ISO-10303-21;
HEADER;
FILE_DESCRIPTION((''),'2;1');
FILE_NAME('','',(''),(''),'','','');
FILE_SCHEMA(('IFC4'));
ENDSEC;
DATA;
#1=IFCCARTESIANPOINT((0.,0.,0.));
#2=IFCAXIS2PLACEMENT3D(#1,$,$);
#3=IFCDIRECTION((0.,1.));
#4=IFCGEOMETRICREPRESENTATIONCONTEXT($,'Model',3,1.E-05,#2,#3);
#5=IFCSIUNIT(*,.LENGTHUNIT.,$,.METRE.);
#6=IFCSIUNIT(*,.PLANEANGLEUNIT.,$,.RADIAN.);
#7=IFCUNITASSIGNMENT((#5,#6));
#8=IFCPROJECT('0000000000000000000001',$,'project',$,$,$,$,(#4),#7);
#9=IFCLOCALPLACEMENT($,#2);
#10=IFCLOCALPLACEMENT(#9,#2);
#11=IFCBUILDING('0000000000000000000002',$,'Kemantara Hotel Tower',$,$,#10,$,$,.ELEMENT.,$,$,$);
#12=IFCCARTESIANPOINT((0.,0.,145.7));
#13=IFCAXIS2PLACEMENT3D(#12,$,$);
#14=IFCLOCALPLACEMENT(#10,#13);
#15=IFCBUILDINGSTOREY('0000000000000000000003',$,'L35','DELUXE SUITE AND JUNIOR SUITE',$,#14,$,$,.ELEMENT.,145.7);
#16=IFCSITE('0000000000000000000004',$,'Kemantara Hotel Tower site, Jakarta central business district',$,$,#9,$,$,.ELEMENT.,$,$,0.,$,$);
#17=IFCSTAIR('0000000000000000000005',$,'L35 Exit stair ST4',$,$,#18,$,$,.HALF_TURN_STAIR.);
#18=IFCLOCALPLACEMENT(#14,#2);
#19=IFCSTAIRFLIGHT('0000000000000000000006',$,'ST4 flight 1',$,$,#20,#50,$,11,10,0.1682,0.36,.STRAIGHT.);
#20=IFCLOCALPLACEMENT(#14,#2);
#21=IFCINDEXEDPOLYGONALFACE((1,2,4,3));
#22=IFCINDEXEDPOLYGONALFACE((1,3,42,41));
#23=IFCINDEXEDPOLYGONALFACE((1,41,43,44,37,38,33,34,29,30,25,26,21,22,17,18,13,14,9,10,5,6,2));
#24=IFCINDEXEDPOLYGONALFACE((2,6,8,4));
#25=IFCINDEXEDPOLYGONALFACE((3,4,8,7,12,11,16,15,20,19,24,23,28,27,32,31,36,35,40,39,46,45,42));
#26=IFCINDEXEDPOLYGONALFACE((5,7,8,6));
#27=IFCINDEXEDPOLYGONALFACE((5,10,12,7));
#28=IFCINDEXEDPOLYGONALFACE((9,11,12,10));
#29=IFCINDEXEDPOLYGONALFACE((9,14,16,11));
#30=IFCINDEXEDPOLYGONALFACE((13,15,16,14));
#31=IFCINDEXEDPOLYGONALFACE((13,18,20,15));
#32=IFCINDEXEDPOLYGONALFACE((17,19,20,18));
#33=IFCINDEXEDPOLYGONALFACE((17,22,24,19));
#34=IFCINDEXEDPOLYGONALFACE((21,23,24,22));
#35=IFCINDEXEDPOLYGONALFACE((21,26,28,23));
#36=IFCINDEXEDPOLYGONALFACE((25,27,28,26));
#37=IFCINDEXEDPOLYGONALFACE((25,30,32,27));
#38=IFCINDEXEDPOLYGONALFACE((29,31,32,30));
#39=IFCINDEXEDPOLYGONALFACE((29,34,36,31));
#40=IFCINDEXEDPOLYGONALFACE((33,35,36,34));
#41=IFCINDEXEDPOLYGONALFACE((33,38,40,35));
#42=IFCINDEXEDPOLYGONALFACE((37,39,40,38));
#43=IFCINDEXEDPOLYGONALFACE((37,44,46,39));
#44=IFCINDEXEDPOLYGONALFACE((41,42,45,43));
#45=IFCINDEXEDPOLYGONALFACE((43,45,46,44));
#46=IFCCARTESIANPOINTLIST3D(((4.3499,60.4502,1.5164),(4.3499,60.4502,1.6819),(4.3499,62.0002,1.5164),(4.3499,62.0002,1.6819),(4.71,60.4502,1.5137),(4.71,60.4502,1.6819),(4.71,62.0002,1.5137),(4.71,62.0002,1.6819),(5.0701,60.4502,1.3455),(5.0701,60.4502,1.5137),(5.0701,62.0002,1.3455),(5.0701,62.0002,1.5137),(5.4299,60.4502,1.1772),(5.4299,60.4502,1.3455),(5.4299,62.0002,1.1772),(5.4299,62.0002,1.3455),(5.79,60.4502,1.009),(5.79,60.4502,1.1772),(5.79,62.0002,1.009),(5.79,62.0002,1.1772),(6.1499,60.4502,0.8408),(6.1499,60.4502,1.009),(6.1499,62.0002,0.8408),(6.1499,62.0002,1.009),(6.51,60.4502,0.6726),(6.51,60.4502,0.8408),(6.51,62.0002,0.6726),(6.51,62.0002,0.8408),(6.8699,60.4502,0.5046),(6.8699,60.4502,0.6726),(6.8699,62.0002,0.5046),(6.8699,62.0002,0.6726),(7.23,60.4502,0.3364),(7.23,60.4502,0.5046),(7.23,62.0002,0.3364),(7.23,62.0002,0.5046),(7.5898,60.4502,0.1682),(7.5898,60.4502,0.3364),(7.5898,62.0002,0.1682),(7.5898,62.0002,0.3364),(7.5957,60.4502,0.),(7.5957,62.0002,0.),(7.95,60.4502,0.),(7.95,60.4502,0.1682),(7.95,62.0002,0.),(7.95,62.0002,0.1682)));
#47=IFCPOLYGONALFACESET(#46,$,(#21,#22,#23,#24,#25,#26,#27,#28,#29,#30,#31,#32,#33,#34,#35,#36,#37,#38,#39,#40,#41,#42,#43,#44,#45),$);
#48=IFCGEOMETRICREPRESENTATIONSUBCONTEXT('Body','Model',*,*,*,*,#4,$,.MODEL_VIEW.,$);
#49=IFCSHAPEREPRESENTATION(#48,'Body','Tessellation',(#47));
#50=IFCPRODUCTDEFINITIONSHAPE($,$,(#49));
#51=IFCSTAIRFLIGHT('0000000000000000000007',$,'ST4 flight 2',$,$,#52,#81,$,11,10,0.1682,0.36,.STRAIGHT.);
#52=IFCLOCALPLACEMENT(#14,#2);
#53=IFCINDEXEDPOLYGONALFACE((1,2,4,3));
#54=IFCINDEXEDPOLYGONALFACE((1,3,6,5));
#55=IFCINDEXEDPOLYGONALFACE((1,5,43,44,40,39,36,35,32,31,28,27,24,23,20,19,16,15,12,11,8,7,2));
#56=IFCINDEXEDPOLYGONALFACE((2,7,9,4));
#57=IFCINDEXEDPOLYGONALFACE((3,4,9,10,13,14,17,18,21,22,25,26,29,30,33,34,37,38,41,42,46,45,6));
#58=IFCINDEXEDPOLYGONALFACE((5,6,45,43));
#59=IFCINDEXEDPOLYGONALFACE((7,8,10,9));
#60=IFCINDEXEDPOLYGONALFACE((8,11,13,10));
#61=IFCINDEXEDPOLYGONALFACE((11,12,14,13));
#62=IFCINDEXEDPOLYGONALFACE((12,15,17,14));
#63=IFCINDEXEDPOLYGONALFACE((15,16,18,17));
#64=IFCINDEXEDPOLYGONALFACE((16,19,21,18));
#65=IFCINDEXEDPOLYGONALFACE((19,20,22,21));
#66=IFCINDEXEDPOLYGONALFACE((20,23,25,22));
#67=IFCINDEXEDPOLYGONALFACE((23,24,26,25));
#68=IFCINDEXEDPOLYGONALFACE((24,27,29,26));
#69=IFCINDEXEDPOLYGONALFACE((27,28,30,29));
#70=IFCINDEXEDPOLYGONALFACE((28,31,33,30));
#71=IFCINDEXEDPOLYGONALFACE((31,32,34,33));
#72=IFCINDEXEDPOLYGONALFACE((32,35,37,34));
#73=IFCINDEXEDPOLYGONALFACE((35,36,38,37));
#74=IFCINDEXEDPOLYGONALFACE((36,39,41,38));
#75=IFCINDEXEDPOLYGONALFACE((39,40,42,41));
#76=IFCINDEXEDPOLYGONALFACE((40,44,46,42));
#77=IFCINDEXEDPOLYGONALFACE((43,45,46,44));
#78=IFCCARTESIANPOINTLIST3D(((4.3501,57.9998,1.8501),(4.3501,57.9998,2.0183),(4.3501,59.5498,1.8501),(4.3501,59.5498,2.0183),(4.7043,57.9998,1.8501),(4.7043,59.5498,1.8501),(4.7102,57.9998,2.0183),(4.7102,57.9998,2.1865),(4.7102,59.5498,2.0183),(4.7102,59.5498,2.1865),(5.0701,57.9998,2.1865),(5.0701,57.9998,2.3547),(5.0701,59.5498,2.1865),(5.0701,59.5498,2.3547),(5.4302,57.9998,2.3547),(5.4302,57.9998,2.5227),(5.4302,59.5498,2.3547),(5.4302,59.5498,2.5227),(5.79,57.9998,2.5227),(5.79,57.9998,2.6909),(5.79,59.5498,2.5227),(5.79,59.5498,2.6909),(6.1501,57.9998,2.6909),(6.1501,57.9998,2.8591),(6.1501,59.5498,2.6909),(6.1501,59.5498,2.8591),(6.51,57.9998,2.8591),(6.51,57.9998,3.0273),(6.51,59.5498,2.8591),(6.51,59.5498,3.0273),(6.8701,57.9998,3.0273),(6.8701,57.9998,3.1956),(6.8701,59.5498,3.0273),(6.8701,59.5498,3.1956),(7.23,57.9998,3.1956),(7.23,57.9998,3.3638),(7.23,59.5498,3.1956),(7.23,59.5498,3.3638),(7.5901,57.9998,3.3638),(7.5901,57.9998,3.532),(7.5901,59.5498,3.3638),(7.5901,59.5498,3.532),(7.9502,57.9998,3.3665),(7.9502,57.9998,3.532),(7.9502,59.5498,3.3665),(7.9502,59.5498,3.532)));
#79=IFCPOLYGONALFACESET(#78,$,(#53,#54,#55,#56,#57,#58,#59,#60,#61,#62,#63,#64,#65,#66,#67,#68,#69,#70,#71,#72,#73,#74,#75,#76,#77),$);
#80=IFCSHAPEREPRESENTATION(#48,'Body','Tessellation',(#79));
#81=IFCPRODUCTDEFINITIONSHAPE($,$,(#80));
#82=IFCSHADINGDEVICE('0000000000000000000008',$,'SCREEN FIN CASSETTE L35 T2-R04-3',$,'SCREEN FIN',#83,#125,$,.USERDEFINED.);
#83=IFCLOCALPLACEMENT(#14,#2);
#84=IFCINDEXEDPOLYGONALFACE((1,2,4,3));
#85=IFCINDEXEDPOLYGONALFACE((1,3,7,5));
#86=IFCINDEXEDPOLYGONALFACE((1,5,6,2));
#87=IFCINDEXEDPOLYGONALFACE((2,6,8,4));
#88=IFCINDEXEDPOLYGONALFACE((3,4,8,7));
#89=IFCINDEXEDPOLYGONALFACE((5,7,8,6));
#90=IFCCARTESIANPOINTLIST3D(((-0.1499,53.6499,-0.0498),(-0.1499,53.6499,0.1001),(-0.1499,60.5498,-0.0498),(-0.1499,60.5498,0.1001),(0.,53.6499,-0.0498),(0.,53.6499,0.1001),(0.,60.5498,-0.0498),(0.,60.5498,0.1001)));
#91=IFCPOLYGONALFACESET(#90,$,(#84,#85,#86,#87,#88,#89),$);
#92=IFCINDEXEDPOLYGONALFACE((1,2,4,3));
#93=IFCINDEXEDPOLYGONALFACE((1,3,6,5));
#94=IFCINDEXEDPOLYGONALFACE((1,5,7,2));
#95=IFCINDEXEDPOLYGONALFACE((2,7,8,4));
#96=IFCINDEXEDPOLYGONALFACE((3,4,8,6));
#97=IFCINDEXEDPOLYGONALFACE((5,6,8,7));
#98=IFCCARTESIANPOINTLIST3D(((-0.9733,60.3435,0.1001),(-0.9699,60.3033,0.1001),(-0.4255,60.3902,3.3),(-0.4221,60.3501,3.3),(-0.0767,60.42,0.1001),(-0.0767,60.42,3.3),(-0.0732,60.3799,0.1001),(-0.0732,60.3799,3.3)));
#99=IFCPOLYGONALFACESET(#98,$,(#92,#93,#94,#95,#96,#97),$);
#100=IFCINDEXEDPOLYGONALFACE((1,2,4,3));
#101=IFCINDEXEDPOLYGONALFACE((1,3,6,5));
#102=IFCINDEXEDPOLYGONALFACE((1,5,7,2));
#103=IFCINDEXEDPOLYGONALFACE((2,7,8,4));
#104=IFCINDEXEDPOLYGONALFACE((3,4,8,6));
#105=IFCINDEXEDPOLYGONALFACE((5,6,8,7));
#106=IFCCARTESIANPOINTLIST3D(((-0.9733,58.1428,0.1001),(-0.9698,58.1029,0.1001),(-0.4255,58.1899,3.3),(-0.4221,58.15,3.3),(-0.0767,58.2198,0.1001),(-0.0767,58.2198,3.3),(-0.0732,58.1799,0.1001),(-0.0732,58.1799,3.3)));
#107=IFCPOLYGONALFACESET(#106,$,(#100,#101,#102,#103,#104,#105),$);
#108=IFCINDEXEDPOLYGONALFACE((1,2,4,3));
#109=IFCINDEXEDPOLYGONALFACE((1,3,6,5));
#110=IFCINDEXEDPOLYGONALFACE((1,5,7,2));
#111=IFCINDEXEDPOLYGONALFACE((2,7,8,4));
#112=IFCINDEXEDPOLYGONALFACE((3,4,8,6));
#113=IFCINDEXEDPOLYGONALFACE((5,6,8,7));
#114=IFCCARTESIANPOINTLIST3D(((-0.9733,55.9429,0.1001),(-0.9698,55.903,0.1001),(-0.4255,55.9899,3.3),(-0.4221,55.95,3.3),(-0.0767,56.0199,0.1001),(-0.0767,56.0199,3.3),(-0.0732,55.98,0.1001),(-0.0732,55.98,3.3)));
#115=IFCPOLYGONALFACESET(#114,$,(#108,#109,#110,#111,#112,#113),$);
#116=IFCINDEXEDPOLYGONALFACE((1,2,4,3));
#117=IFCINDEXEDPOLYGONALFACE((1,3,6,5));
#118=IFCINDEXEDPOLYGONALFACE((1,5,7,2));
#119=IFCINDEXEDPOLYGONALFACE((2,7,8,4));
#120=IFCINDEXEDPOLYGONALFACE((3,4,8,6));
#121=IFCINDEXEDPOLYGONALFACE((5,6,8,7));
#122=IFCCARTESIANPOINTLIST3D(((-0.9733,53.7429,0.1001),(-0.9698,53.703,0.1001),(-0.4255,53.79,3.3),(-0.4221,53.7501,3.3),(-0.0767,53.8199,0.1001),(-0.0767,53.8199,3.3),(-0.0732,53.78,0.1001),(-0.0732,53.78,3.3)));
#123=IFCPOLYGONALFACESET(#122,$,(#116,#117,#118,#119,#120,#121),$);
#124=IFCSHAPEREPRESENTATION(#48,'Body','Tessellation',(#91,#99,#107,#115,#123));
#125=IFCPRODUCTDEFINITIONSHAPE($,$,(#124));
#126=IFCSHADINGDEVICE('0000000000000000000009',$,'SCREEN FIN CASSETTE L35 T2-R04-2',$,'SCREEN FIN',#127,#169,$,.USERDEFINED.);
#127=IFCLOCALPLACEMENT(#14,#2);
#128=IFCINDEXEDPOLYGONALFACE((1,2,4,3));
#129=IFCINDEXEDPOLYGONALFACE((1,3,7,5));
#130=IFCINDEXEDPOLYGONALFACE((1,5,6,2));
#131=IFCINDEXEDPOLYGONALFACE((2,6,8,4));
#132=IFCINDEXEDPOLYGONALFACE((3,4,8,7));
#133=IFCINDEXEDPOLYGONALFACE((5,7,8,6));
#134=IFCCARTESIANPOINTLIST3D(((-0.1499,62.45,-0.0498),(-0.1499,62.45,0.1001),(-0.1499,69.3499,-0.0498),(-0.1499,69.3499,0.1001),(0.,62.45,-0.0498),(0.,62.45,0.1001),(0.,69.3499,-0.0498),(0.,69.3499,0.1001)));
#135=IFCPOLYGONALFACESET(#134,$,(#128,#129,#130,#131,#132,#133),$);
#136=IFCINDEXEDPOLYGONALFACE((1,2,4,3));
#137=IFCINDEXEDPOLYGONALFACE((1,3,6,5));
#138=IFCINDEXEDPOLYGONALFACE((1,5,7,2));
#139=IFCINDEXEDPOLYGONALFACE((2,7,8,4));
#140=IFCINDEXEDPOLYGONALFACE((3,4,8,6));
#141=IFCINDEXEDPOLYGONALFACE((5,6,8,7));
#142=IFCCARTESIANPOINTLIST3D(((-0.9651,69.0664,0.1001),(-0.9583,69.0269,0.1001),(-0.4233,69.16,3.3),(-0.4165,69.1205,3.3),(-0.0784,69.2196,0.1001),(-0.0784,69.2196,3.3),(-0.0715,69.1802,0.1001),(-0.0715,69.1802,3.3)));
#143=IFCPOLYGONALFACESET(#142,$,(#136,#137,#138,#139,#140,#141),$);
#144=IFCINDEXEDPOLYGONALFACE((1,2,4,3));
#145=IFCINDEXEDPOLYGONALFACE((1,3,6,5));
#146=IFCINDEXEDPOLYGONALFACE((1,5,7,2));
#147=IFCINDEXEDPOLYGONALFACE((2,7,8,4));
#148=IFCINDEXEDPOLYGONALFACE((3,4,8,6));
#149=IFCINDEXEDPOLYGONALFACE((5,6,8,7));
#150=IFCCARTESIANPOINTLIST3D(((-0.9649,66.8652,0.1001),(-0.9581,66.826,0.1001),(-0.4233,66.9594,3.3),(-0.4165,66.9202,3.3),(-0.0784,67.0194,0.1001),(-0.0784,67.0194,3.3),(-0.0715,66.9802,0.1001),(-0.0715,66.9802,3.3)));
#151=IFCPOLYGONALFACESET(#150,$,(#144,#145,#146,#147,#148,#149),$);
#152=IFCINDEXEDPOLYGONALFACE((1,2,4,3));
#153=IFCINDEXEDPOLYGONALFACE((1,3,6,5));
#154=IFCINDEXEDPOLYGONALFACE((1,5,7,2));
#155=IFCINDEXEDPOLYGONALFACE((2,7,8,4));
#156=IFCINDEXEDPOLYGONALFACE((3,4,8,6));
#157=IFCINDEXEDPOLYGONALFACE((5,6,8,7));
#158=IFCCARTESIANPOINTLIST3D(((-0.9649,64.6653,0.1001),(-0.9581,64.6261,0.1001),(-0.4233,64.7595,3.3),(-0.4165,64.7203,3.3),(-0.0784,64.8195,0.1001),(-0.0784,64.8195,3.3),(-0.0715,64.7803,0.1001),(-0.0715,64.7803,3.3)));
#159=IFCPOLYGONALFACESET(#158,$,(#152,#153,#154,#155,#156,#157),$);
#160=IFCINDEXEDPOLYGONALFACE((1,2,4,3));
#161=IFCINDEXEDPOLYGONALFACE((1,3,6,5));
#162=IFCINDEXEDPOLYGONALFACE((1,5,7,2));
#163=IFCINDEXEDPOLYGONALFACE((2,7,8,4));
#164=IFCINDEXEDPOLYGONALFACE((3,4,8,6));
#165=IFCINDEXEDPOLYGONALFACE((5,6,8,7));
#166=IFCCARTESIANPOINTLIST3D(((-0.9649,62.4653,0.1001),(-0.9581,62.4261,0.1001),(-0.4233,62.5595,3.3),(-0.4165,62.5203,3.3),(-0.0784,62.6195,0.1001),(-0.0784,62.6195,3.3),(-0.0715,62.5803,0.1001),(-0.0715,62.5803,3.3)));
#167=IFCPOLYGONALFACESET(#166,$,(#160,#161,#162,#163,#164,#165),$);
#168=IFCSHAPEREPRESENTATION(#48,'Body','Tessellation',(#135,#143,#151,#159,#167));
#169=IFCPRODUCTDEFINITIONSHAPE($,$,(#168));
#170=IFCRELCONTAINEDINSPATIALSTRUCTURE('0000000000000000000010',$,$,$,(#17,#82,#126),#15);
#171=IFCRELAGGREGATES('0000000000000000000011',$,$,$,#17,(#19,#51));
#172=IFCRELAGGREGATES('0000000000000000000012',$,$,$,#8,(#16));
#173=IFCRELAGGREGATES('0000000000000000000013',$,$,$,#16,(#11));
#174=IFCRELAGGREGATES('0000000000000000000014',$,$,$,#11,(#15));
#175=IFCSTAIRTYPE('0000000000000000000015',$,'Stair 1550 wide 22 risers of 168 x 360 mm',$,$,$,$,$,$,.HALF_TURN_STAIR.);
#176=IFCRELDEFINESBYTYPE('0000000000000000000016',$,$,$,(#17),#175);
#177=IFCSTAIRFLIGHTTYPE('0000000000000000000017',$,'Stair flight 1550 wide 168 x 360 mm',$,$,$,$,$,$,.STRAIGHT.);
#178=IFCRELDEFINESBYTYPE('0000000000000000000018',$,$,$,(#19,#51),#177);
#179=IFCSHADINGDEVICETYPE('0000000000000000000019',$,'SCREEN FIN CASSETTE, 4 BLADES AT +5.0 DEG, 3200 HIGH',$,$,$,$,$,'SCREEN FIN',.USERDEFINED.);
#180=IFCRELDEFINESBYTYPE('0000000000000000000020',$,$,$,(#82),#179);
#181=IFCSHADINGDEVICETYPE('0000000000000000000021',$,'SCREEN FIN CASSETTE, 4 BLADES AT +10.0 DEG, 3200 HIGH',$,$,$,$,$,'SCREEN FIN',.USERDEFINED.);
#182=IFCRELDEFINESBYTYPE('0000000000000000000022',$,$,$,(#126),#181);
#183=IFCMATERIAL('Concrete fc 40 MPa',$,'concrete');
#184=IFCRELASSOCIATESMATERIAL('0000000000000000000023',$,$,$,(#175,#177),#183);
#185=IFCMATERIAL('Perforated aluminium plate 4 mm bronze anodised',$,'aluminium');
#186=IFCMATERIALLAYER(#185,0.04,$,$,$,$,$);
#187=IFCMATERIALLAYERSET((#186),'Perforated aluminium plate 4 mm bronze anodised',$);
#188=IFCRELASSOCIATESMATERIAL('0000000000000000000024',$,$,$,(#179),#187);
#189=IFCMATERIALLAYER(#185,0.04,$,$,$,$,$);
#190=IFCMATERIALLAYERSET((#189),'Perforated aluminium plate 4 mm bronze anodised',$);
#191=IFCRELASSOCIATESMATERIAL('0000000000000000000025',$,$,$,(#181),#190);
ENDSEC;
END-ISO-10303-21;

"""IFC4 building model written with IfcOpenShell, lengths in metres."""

from ifc_helpers import new_model, si_unit, direction, frame, origin, origin_2d, place, context, subcontext, project, spatial, polyline, rectangle, outline, extrude, source, transform, mapped, material, layer, layer_set, type_object, element, aggregate, save


model = new_model("IFC4")

# Units and contexts
model_context = context("Model", 3, precision=1e-05, world=origin(), true_north=direction((0.0, 1.0)))
body_context = subcontext(model_context, "Body", "Model", "MODEL_VIEW")
ifc_project = project(units=[si_unit("LENGTHUNIT", "METRE"), si_unit("PLANEANGLEUNIT", "RADIAN")], contexts=[model_context])

# Site, building, storey
site_placement = place(None, origin())
site = spatial("IfcSite", under=ifc_project, at=site_placement, Name="Kemantara Hotel Tower site, Jakarta central business district", CompositionType="ELEMENT", RefElevation=0.0)
building_placement = place(site_placement, origin())
building = spatial("IfcBuilding", under=site, at=building_placement, Name="Kemantara Hotel Tower", CompositionType="ELEMENT")
storey_placement = place(building_placement, frame((0.0, 0.0, 145.7)))
storey = spatial("IfcBuildingStorey", under=building, at=storey_placement, Name="L35", Description="DELUXE SUITE AND JUNIOR SUITE", CompositionType="ELEMENT", Elevation=145.7)

# Shared definitions
ifc_material_1 = material(Name="Concrete fc 40 MPa", Category="concrete")

# Stair, stair flights
stair_type = type_object("IfcStairType", Name="Stair 1550 wide 22 risers of 168 x 360 mm", PredefinedType="HALF_TURN_STAIR", material=ifc_material_1)
stair_placement = place(storey_placement, origin())
stair = element("IfcStair", 1, at=stair_placement, inside=storey, type_object=stair_type, Name="L35 Exit stair ST4", PredefinedType="HALF_TURN_STAIR")
stair_flight_type = type_object("IfcStairFlightType", Name="Stair flight 1550 wide 168 x 360 mm", PredefinedType="STRAIGHT", material=ifc_material_1)
stair_flight_1_placement = place(storey_placement, frame((7.95, 61.2251, 0.0), z_axis=(0.0, 0.0, 1.0), x_axis=(-1.0, 0.0, 0.0)))
stair_flight_1 = element("IfcStairFlight", 2, at=stair_flight_1_placement, type_object=stair_flight_type, Name="ST4 flight 1", NumberOfRisers=11, NumberOfTreads=10, PredefinedType="STRAIGHT", RiserHeight=0.1682, TreadLength=0.36, context=body_context, shape_type="SweptSolid", body=[
    extrude(outline(polyline([(0.0, 0.0), (0.0, 0.1682), (0.3601, 0.1682), (0.3601, 0.3364), (0.72, 0.3364), (0.72, 0.5046), (1.0801, 0.5046), (1.0801, 0.6726), (1.4399, 0.6726), (1.4399, 0.8408), (1.8, 0.8408), (1.8, 1.009), (2.1599, 1.009), (2.1599, 1.1772), (2.52, 1.1772), (2.52, 1.3455), (2.8799, 1.3455), (2.8799, 1.5137), (3.24, 1.5137), (3.24, 1.6819), (3.6001, 1.6819), (3.6001, 1.8501), (3.6001, 1.5164), (0.3542, 0.0), (0.0, 0.0)])), frame((0.0, 0.7749, 0.0), z_axis=(0.0, -1.0, 0.0), x_axis=(1.0, 0.0, 0.0)), (0.0, 0.0, 1.0), 1.55),
])
stair_flight_2_placement = place(storey_placement, frame((4.3501, 58.7749, 1.8501), z_axis=(0.0, 0.0, 1.0), x_axis=(1.0, 0.0, 0.0)))
stair_flight_2 = element("IfcStairFlight", 3, at=stair_flight_2_placement, type_object=stair_flight_type, Name="ST4 flight 2", NumberOfRisers=11, NumberOfTreads=10, PredefinedType="STRAIGHT", RiserHeight=0.1682, TreadLength=0.36, context=body_context, shape_type="SweptSolid", body=[
    extrude(outline(polyline([(0.0, 0.0), (0.0, 0.1682), (0.3601, 0.1682), (0.3601, 0.3364), (0.72, 0.3364), (0.72, 0.5046), (1.0801, 0.5046), (1.0801, 0.6726), (1.4399, 0.6726), (1.4399, 0.8408), (1.8, 0.8408), (1.8, 1.009), (2.1599, 1.009), (2.1599, 1.1772), (2.52, 1.1772), (2.52, 1.3455), (2.8799, 1.3455), (2.8799, 1.5137), (3.24, 1.5137), (3.24, 1.6819), (3.6001, 1.6819), (3.6001, 1.8501), (3.6001, 1.5164), (0.3542, 0.0), (0.0, 0.0)])), frame((0.0, 0.7749, 0.0), z_axis=(0.0, -1.0, 0.0), x_axis=(1.0, 0.0, 0.0)), (0.0, 0.0, 1.0), 1.55),
])
aggregate(stair, [stair_flight_1, stair_flight_2])

# Shading devices
ifc_material_2 = material(Name="Perforated aluminium plate 4 mm bronze anodised", Category="aluminium")
ifc_layer_1 = layer(ifc_material_2, 0.04)
ifc_layer_set_1 = layer_set([ifc_layer_1], Name="Perforated aluminium plate 4 mm bronze anodised")
shading_device_type_1 = type_object("IfcShadingDeviceType", Name="SCREEN FIN CASSETTE, 4 BLADES AT +5.0 DEG, 3200 HIGH", ElementType="SCREEN FIN", PredefinedType="USERDEFINED", material=ifc_layer_set_1)
shared_shape_1 = source(origin(), body_context, "Body", "SweptSolid", [
    extrude(rectangle(XDim=6.8999, YDim=0.1499, at=origin_2d()), frame((3.3, -0.075, -0.1499), z_axis=(0.0, 0.0, 1.0), x_axis=(1.0, 0.0, 0.0)), (0.0, 0.0, 1.0), 0.1499),
    extrude(outline(polyline([(0.0, 0.0), (0.8999, 0.0), (0.3501, 3.2), (0.0, 3.2), (0.0, 0.0)])), frame((0.02, -0.0732, 0.0), z_axis=(-0.996376, -0.085056, 0.0), x_axis=(0.085056, -0.996376, 0.0)), (0.0, 0.0, 1.0), 0.0403),
    extrude(outline(polyline([(0.0, 0.0), (0.8999, 0.0), (0.3501, 3.2), (0.0, 3.2), (0.0, 0.0)])), frame((2.22, -0.0732, 0.0), z_axis=(-0.996332, -0.085575, 0.0), x_axis=(0.085575, -0.996332, 0.0)), (0.0, 0.0, 1.0), 0.04),
    extrude(outline(polyline([(0.0, 0.0), (0.8999, 0.0), (0.3501, 3.2), (0.0, 3.2), (0.0, 0.0)])), frame((4.4199, -0.0732, 0.0), z_axis=(-0.996332, -0.085575, 0.0), x_axis=(0.085575, -0.996332, 0.0)), (0.0, 0.0, 1.0), 0.04),
    extrude(outline(polyline([(0.0, 0.0), (0.8999, 0.0), (0.3501, 3.2), (0.0, 3.2), (0.0, 0.0)])), frame((6.6199, -0.0732, 0.0), z_axis=(-0.996332, -0.085575, 0.0), x_axis=(0.085575, -0.996332, 0.0)), (0.0, 0.0, 1.0), 0.04),
])
shading_device_1_placement = place(storey_placement, frame((0.0, 60.3999, 0.1001), z_axis=(0.0, 0.0, 1.0), x_axis=(0.0, -1.0, 0.0)))
element("IfcShadingDevice", 4, at=shading_device_1_placement, inside=storey, type_object=shading_device_type_1, Name="SCREEN FIN CASSETTE L35 T2-R04-3", ObjectType="SCREEN FIN", PredefinedType="USERDEFINED", context=body_context, shape_type="MappedRepresentation", body=[
    mapped(shared_shape_1, transform((0.0, 0.0, 0.0))),
])
ifc_layer_2 = layer(ifc_material_2, 0.04)
ifc_layer_set_2 = layer_set([ifc_layer_2], Name="Perforated aluminium plate 4 mm bronze anodised")
shading_device_type_2 = type_object("IfcShadingDeviceType", Name="SCREEN FIN CASSETTE, 4 BLADES AT +10.0 DEG, 3200 HIGH", ElementType="SCREEN FIN", PredefinedType="USERDEFINED", material=ifc_layer_set_2)
shared_shape_2 = source(origin(), body_context, "Body", "SweptSolid", [
    extrude(rectangle(XDim=6.8999, YDim=0.1499, at=origin_2d()), frame((3.3, -0.075, -0.1499), z_axis=(0.0, 0.0, 1.0), x_axis=(1.0, 0.0, 0.0)), (0.0, 0.0, 1.0), 0.1499),
    extrude(outline(polyline([(0.0, 0.0), (0.8999, 0.0), (0.3501, 3.2), (0.0, 3.2), (0.0, 0.0)])), frame((0.0198, -0.0715, 0.0), z_axis=(-0.98539, -0.170314, 0.0), x_axis=(0.170314, -0.98539, 0.0)), (0.0, 0.0, 1.0), 0.04),
    extrude(outline(polyline([(0.0, 0.0), (0.8999, 0.0), (0.3501, 3.2), (0.0, 3.2), (0.0, 0.0)])), frame((2.2197, -0.0715, 0.0), z_axis=(-0.985212, -0.171341, 0.0), x_axis=(0.171341, -0.985212, 0.0)), (0.0, 0.0, 1.0), 0.0398),
    extrude(outline(polyline([(0.0, 0.0), (0.8999, 0.0), (0.3501, 3.2), (0.0, 3.2), (0.0, 0.0)])), frame((4.4197, -0.0715, 0.0), z_axis=(-0.985212, -0.171341, 0.0), x_axis=(0.171341, -0.985212, 0.0)), (0.0, 0.0, 1.0), 0.0398),
    extrude(outline(polyline([(0.0, 0.0), (0.8999, 0.0), (0.3501, 3.2), (0.0, 3.2), (0.0, 0.0)])), frame((6.6196, -0.0715, 0.0), z_axis=(-0.985212, -0.171341, 0.0), x_axis=(0.171341, -0.985212, 0.0)), (0.0, 0.0, 1.0), 0.0398),
])
shading_device_2_placement = place(storey_placement, frame((0.0, 69.2, 0.1001), z_axis=(0.0, 0.0, 1.0), x_axis=(0.0, -1.0, 0.0)))
element("IfcShadingDevice", 5, at=shading_device_2_placement, inside=storey, type_object=shading_device_type_2, Name="SCREEN FIN CASSETTE L35 T2-R04-2", ObjectType="SCREEN FIN", PredefinedType="USERDEFINED", context=body_context, shape_type="MappedRepresentation", body=[
    mapped(shared_shape_2, transform((0.0, 0.0, 0.0))),
])

save(model, "model.ifc")
